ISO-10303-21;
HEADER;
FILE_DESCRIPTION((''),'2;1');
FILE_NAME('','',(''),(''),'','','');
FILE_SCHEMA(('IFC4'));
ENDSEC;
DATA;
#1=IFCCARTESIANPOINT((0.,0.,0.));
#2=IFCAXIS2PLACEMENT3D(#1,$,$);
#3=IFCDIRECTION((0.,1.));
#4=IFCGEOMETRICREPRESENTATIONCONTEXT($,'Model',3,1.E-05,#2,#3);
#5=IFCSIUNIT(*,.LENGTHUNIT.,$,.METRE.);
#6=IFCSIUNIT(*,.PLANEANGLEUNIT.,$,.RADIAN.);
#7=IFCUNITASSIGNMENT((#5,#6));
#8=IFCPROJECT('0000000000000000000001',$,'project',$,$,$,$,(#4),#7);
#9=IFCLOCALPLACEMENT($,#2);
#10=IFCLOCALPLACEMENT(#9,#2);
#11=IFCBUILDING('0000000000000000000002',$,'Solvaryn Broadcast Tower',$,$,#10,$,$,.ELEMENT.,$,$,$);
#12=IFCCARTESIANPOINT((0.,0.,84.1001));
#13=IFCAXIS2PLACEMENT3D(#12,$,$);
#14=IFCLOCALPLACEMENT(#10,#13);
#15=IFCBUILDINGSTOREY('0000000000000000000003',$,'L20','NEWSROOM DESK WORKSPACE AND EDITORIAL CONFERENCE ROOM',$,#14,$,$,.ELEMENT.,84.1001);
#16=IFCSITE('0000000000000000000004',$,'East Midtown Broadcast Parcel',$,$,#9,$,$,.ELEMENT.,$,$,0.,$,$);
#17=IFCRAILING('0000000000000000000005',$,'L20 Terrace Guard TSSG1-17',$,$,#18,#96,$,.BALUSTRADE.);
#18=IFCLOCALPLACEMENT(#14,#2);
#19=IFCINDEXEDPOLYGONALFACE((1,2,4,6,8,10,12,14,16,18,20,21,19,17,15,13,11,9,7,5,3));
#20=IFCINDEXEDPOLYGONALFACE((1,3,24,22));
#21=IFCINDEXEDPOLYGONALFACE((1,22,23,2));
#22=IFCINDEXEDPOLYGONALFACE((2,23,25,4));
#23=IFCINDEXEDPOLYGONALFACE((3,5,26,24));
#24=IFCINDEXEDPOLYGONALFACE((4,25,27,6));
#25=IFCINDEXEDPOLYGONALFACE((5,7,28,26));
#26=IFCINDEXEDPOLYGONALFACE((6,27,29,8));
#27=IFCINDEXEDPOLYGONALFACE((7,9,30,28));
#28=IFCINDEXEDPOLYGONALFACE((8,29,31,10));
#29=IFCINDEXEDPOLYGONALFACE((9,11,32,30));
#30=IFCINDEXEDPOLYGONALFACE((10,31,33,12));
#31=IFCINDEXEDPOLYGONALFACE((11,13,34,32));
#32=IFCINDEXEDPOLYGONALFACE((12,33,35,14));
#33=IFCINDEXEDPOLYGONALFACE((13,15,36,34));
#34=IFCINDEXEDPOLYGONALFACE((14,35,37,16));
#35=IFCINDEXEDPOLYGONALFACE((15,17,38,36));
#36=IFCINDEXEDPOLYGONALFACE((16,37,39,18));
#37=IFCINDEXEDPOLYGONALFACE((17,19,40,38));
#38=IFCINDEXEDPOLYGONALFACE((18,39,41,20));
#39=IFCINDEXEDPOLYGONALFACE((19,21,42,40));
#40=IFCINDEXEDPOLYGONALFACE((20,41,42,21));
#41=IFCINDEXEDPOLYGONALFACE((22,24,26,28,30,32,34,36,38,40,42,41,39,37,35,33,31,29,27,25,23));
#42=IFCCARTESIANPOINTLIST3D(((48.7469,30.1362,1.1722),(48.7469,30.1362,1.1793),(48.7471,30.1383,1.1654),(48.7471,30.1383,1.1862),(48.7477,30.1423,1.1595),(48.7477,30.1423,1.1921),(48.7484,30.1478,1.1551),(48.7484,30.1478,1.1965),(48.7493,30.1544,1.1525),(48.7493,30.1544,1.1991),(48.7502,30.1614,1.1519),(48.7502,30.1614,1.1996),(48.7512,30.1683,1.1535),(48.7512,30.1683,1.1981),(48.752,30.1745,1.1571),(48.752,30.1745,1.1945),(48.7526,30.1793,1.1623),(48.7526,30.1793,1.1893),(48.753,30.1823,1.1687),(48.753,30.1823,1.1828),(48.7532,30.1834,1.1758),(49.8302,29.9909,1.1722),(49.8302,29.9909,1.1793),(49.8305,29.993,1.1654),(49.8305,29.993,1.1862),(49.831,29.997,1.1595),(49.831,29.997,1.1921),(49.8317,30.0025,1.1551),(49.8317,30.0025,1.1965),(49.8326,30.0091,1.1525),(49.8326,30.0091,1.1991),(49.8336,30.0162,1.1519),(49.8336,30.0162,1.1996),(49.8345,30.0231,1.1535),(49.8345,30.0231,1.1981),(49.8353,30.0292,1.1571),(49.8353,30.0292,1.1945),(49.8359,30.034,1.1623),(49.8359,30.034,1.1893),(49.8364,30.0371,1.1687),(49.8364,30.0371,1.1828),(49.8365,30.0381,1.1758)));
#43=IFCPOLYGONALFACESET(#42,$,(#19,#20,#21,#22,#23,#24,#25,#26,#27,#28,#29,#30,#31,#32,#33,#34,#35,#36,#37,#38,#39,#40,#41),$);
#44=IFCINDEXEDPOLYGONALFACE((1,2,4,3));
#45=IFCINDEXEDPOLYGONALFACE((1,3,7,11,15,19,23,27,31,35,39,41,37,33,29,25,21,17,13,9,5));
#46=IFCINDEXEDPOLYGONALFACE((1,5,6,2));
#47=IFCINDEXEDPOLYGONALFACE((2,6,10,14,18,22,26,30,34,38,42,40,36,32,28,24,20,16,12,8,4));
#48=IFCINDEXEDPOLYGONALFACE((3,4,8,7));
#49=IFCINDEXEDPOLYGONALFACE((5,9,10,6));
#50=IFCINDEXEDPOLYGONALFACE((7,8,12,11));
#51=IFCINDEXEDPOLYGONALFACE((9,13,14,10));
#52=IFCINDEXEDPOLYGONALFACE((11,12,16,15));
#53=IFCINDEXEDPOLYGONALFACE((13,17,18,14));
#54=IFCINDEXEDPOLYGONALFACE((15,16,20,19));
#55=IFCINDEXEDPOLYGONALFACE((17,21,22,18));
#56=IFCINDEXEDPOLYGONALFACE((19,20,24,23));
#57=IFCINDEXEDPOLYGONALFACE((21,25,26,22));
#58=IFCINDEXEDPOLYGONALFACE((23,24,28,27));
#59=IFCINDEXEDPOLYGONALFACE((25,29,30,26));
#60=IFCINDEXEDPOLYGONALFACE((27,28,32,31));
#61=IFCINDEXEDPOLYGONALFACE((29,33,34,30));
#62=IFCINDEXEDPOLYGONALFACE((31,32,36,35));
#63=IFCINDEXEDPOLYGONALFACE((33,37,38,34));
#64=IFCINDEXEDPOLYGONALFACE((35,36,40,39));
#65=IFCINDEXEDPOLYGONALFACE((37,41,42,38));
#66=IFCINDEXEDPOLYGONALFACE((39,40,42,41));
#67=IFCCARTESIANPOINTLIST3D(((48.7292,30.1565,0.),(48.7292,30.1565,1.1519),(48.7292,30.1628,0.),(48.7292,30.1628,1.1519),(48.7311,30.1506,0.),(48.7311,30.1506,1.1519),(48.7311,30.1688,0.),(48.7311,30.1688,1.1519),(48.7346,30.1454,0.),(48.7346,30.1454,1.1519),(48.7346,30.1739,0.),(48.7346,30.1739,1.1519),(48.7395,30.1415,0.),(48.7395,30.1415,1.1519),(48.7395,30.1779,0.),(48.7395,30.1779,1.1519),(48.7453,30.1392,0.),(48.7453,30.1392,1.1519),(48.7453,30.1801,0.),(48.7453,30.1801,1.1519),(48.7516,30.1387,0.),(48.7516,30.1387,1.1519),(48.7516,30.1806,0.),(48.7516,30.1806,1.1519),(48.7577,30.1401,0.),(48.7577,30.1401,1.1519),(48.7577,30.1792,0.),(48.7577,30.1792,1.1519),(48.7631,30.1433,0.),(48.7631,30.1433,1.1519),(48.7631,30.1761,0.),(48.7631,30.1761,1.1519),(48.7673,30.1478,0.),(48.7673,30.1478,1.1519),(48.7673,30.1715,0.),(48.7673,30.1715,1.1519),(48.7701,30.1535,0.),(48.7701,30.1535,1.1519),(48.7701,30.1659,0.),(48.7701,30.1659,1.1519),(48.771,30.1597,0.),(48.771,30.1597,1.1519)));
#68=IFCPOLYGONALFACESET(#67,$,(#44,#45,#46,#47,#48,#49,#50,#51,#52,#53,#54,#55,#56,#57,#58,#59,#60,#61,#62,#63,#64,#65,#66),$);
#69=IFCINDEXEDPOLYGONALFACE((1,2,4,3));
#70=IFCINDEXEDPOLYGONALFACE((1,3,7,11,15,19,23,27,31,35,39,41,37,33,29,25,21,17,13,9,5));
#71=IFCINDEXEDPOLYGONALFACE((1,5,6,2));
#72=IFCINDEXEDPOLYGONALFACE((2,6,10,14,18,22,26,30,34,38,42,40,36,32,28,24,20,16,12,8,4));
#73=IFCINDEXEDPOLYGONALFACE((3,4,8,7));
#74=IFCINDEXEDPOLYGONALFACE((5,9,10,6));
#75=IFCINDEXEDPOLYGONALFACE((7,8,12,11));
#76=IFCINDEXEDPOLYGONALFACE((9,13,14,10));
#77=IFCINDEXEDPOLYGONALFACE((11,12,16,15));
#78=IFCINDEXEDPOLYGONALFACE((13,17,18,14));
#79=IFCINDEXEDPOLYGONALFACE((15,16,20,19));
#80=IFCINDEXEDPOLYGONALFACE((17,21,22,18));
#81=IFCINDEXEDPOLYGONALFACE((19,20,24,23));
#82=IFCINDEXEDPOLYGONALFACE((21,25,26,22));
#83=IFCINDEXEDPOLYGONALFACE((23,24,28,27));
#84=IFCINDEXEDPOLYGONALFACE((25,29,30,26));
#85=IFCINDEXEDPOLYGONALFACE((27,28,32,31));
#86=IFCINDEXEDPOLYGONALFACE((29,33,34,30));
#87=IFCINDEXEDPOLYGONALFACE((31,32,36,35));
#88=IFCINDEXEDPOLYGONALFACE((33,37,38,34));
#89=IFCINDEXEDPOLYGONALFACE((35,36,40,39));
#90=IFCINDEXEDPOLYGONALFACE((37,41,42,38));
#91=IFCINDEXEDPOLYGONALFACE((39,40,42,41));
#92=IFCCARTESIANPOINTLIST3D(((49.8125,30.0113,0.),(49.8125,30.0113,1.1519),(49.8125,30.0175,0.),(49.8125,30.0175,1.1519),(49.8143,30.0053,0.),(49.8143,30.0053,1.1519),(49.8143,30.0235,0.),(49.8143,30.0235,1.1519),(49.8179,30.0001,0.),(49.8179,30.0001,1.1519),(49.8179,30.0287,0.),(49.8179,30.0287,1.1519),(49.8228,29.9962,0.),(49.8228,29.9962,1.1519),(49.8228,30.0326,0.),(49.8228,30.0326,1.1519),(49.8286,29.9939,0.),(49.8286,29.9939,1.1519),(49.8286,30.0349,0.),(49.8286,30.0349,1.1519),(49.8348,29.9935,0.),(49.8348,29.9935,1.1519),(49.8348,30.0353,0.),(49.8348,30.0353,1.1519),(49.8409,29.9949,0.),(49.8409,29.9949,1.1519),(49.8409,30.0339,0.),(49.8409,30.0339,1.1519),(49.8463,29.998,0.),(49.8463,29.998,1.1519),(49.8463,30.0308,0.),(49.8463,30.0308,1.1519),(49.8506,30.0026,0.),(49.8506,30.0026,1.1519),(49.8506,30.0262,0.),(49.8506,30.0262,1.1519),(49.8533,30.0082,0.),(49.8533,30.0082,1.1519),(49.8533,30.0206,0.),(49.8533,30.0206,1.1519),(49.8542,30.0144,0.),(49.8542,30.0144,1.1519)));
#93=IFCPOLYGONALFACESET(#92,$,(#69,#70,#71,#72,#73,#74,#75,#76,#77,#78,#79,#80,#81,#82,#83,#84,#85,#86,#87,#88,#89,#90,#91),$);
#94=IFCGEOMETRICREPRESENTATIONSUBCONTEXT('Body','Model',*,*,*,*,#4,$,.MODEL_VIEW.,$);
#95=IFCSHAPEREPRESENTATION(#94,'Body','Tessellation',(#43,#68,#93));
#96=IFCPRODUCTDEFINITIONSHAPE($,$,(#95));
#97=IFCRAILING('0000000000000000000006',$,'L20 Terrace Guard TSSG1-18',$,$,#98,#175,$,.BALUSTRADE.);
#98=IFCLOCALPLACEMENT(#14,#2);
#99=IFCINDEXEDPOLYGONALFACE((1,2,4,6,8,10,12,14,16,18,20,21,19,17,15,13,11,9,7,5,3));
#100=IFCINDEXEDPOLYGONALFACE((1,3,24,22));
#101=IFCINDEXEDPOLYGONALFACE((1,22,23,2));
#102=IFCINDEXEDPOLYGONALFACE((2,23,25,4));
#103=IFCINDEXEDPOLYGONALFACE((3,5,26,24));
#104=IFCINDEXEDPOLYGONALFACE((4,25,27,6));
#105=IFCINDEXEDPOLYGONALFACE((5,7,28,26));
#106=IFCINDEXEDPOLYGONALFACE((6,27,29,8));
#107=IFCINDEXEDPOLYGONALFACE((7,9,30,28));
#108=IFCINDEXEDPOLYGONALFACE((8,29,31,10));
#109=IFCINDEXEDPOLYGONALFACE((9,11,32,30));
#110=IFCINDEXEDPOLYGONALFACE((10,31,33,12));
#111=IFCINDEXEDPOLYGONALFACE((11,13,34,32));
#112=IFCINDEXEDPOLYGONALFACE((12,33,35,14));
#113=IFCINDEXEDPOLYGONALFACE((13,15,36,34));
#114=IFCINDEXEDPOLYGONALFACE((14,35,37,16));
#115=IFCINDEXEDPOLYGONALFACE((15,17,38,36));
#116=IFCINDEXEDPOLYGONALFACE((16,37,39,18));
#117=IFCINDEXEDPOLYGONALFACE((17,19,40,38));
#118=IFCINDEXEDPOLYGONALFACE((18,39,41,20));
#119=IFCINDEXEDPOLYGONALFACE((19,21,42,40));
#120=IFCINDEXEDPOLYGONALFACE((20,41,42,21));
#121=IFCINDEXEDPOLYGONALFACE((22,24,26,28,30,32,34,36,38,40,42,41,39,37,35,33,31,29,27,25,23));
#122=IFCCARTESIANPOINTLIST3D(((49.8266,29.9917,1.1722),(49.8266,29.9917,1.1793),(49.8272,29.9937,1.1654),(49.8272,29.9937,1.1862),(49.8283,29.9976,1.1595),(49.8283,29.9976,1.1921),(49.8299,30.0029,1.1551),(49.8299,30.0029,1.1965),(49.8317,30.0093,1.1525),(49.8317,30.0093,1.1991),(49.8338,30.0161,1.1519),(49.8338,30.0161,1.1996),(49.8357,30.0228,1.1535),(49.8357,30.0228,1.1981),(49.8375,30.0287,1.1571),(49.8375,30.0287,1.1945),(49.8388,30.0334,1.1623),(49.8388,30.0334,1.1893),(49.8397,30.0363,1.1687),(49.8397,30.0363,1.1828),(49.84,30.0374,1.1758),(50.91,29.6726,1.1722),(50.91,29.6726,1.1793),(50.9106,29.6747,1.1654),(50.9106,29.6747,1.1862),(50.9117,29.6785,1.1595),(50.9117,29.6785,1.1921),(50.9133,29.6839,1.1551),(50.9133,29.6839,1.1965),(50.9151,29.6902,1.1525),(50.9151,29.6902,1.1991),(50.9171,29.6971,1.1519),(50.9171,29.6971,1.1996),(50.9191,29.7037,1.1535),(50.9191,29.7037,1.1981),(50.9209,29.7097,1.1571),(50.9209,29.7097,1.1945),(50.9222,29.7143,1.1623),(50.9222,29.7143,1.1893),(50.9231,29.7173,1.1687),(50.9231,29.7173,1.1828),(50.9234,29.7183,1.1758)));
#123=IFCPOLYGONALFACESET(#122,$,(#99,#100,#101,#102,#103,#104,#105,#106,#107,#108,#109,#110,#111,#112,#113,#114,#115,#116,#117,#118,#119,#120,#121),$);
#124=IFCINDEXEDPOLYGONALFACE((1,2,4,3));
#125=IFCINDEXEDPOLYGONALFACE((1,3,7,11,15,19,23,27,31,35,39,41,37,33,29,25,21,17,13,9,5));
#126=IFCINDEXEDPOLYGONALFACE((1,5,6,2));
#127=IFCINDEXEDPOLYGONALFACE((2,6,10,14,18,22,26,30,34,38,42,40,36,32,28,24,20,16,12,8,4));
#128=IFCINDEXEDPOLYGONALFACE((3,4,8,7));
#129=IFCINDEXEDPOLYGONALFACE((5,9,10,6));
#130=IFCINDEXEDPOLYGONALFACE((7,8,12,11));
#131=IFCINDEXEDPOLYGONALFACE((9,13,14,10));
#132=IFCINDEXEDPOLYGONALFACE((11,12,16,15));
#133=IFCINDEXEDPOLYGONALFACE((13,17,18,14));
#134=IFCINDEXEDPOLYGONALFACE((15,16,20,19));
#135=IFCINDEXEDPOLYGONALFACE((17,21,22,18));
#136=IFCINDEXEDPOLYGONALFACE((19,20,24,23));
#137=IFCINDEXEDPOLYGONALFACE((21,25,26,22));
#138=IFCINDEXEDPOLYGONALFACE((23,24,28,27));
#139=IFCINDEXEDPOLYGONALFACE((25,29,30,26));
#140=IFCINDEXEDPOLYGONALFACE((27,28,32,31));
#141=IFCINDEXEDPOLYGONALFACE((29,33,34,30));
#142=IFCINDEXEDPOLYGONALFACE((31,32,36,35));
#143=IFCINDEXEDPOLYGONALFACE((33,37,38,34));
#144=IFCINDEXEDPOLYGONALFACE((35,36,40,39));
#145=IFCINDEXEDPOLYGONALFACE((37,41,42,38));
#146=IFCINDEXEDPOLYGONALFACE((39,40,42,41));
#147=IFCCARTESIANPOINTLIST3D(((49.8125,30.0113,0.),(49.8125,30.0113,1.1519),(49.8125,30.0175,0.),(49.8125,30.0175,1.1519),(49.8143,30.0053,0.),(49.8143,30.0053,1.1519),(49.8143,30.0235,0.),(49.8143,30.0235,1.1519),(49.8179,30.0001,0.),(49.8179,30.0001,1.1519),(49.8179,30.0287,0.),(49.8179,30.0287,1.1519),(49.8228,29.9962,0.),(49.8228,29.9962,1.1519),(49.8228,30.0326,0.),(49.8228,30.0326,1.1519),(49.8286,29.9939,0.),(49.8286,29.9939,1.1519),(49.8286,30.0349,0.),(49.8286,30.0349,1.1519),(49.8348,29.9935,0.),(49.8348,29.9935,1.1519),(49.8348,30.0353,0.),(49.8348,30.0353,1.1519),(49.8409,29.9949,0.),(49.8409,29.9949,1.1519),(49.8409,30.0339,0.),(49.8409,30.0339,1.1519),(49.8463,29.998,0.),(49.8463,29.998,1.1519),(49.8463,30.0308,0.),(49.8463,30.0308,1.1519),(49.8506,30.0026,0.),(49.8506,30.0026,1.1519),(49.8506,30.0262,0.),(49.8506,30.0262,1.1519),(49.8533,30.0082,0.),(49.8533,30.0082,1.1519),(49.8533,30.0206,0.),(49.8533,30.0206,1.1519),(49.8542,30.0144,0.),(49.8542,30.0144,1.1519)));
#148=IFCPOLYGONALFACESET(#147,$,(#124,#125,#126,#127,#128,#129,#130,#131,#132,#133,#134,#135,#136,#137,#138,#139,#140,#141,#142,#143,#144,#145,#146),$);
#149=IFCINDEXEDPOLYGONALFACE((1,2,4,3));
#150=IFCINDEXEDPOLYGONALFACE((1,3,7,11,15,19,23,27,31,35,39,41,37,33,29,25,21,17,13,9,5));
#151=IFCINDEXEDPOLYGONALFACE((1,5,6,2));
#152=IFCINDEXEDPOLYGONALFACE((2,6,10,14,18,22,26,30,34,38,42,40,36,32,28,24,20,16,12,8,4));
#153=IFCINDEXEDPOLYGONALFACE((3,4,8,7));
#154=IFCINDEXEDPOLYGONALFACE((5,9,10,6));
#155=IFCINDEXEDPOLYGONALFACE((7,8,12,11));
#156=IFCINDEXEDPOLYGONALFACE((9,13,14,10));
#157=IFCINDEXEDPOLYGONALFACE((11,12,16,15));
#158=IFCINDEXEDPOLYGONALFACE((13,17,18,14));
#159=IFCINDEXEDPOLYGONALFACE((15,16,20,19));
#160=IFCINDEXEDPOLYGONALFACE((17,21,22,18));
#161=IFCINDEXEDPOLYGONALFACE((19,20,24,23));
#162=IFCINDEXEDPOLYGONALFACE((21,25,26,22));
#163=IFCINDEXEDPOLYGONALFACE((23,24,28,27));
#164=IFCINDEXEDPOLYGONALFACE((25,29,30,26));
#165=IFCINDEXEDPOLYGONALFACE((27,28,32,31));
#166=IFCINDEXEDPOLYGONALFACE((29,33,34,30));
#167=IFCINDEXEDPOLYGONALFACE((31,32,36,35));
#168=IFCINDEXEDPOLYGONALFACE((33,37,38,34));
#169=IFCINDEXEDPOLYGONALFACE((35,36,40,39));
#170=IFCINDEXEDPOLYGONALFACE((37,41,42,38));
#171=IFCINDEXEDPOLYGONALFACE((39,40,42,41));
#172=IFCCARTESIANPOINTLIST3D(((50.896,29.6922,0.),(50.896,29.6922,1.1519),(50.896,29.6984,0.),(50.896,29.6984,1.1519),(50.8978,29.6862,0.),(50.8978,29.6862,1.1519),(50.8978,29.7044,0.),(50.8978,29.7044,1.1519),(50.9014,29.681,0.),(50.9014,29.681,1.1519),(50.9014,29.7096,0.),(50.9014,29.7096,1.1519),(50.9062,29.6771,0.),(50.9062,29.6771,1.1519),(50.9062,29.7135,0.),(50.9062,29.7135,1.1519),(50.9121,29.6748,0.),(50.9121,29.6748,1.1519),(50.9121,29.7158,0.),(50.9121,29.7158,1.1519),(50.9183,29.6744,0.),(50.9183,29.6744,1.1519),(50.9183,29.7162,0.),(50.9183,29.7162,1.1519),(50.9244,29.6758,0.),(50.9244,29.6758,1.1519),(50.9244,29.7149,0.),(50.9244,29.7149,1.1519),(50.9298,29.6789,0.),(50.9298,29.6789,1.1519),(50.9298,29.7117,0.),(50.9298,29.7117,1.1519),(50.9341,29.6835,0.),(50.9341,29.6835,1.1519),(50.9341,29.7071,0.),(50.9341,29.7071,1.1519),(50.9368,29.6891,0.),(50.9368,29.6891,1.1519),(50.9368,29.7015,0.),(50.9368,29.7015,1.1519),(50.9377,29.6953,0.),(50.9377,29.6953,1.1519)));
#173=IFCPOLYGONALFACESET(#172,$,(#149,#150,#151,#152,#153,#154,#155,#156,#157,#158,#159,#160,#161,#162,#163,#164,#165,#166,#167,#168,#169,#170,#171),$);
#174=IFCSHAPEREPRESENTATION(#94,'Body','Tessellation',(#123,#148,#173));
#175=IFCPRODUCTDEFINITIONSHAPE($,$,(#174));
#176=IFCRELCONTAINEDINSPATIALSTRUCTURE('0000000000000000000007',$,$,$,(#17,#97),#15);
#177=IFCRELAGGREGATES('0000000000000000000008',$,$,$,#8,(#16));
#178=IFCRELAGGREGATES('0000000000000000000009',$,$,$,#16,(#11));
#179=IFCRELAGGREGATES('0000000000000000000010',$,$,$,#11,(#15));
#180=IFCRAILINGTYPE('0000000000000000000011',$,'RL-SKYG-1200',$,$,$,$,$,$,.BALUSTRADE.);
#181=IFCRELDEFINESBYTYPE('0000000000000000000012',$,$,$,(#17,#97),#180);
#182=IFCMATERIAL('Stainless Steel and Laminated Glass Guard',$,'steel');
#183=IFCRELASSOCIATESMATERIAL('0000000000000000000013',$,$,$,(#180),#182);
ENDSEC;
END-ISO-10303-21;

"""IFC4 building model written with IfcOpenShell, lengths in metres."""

from ifc_helpers import new_model, si_unit, direction, frame, origin, origin_2d, place, context, subcontext, project, spatial, circle, extrude, material, type_object, element, save


model = new_model("IFC4")

# Units and contexts
model_context = context("Model", 3, precision=1e-05, world=origin(), true_north=direction((0.0, 1.0)))
body_context = subcontext(model_context, "Body", "Model", "MODEL_VIEW")
ifc_project = project(units=[si_unit("LENGTHUNIT", "METRE"), si_unit("PLANEANGLEUNIT", "RADIAN")], contexts=[model_context])

# Site, building, storey
site_placement = place(None, origin())
site = spatial("IfcSite", under=ifc_project, at=site_placement, Name="East Midtown Broadcast Parcel", CompositionType="ELEMENT", RefElevation=0.0)
building_placement = place(site_placement, origin())
building = spatial("IfcBuilding", under=site, at=building_placement, Name="Solvaryn Broadcast Tower", CompositionType="ELEMENT")
storey_placement = place(building_placement, frame((0.0, 0.0, 84.1001)))
storey = spatial("IfcBuildingStorey", under=building, at=storey_placement, Name="L20", Description="NEWSROOM DESK WORKSPACE AND EDITORIAL CONFERENCE ROOM", CompositionType="ELEMENT", Elevation=84.1001)

# Railings
ifc_material_1 = material(Name="Stainless Steel and Laminated Glass Guard", Category="steel")
railing_type = type_object("IfcRailingType", Name="RL-SKYG-1200", PredefinedType="BALUSTRADE", material=ifc_material_1)
railing_1_placement = place(storey_placement, frame((48.75, 30.1597, 0.0)))
element("IfcRailing", 1, at=railing_1_placement, inside=storey, type_object=railing_type, Name="L20 Terrace Guard TSSG1-17", PredefinedType="BALUSTRADE", context=body_context, shape_type="SweptSolid", body=[
    extrude(circle(Radius=0.0239, at=origin_2d()), frame((0.0, 0.0, 1.1758), z_axis=(0.991128, -0.13291, 0.0), x_axis=(0.13291, 0.991128, 0.0)), (0.0, 0.0, 1.0), 1.093),
    extrude(circle(Radius=0.021, at=origin_2d()), origin(), (0.0, 0.0, 1.0), 1.1519),
    extrude(circle(Radius=0.021, at=origin_2d()), frame((1.0833, -0.1453, 0.0)), (0.0, 0.0, 1.0), 1.1519),
])
railing_2_placement = place(storey_placement, frame((49.8333, 30.0144, 0.0)))
element("IfcRailing", 2, at=railing_2_placement, inside=storey, type_object=railing_type, Name="L20 Terrace Guard TSSG1-18", PredefinedType="BALUSTRADE", context=body_context, shape_type="SweptSolid", body=[
    extrude(circle(Radius=0.0239, at=origin_2d()), frame((0.0, 0.0, 1.1758), z_axis=(0.959266, -0.282506, 0.0), x_axis=(0.282506, 0.959266, 0.0)), (0.0, 0.0, 1.0), 1.1294),
    extrude(circle(Radius=0.021, at=origin_2d()), origin(), (0.0, 0.0, 1.0), 1.1519),
    extrude(circle(Radius=0.021, at=origin_2d()), frame((1.0835, -0.3191, 0.0)), (0.0, 0.0, 1.0), 1.1519),
])

save(model, "model.ifc")
